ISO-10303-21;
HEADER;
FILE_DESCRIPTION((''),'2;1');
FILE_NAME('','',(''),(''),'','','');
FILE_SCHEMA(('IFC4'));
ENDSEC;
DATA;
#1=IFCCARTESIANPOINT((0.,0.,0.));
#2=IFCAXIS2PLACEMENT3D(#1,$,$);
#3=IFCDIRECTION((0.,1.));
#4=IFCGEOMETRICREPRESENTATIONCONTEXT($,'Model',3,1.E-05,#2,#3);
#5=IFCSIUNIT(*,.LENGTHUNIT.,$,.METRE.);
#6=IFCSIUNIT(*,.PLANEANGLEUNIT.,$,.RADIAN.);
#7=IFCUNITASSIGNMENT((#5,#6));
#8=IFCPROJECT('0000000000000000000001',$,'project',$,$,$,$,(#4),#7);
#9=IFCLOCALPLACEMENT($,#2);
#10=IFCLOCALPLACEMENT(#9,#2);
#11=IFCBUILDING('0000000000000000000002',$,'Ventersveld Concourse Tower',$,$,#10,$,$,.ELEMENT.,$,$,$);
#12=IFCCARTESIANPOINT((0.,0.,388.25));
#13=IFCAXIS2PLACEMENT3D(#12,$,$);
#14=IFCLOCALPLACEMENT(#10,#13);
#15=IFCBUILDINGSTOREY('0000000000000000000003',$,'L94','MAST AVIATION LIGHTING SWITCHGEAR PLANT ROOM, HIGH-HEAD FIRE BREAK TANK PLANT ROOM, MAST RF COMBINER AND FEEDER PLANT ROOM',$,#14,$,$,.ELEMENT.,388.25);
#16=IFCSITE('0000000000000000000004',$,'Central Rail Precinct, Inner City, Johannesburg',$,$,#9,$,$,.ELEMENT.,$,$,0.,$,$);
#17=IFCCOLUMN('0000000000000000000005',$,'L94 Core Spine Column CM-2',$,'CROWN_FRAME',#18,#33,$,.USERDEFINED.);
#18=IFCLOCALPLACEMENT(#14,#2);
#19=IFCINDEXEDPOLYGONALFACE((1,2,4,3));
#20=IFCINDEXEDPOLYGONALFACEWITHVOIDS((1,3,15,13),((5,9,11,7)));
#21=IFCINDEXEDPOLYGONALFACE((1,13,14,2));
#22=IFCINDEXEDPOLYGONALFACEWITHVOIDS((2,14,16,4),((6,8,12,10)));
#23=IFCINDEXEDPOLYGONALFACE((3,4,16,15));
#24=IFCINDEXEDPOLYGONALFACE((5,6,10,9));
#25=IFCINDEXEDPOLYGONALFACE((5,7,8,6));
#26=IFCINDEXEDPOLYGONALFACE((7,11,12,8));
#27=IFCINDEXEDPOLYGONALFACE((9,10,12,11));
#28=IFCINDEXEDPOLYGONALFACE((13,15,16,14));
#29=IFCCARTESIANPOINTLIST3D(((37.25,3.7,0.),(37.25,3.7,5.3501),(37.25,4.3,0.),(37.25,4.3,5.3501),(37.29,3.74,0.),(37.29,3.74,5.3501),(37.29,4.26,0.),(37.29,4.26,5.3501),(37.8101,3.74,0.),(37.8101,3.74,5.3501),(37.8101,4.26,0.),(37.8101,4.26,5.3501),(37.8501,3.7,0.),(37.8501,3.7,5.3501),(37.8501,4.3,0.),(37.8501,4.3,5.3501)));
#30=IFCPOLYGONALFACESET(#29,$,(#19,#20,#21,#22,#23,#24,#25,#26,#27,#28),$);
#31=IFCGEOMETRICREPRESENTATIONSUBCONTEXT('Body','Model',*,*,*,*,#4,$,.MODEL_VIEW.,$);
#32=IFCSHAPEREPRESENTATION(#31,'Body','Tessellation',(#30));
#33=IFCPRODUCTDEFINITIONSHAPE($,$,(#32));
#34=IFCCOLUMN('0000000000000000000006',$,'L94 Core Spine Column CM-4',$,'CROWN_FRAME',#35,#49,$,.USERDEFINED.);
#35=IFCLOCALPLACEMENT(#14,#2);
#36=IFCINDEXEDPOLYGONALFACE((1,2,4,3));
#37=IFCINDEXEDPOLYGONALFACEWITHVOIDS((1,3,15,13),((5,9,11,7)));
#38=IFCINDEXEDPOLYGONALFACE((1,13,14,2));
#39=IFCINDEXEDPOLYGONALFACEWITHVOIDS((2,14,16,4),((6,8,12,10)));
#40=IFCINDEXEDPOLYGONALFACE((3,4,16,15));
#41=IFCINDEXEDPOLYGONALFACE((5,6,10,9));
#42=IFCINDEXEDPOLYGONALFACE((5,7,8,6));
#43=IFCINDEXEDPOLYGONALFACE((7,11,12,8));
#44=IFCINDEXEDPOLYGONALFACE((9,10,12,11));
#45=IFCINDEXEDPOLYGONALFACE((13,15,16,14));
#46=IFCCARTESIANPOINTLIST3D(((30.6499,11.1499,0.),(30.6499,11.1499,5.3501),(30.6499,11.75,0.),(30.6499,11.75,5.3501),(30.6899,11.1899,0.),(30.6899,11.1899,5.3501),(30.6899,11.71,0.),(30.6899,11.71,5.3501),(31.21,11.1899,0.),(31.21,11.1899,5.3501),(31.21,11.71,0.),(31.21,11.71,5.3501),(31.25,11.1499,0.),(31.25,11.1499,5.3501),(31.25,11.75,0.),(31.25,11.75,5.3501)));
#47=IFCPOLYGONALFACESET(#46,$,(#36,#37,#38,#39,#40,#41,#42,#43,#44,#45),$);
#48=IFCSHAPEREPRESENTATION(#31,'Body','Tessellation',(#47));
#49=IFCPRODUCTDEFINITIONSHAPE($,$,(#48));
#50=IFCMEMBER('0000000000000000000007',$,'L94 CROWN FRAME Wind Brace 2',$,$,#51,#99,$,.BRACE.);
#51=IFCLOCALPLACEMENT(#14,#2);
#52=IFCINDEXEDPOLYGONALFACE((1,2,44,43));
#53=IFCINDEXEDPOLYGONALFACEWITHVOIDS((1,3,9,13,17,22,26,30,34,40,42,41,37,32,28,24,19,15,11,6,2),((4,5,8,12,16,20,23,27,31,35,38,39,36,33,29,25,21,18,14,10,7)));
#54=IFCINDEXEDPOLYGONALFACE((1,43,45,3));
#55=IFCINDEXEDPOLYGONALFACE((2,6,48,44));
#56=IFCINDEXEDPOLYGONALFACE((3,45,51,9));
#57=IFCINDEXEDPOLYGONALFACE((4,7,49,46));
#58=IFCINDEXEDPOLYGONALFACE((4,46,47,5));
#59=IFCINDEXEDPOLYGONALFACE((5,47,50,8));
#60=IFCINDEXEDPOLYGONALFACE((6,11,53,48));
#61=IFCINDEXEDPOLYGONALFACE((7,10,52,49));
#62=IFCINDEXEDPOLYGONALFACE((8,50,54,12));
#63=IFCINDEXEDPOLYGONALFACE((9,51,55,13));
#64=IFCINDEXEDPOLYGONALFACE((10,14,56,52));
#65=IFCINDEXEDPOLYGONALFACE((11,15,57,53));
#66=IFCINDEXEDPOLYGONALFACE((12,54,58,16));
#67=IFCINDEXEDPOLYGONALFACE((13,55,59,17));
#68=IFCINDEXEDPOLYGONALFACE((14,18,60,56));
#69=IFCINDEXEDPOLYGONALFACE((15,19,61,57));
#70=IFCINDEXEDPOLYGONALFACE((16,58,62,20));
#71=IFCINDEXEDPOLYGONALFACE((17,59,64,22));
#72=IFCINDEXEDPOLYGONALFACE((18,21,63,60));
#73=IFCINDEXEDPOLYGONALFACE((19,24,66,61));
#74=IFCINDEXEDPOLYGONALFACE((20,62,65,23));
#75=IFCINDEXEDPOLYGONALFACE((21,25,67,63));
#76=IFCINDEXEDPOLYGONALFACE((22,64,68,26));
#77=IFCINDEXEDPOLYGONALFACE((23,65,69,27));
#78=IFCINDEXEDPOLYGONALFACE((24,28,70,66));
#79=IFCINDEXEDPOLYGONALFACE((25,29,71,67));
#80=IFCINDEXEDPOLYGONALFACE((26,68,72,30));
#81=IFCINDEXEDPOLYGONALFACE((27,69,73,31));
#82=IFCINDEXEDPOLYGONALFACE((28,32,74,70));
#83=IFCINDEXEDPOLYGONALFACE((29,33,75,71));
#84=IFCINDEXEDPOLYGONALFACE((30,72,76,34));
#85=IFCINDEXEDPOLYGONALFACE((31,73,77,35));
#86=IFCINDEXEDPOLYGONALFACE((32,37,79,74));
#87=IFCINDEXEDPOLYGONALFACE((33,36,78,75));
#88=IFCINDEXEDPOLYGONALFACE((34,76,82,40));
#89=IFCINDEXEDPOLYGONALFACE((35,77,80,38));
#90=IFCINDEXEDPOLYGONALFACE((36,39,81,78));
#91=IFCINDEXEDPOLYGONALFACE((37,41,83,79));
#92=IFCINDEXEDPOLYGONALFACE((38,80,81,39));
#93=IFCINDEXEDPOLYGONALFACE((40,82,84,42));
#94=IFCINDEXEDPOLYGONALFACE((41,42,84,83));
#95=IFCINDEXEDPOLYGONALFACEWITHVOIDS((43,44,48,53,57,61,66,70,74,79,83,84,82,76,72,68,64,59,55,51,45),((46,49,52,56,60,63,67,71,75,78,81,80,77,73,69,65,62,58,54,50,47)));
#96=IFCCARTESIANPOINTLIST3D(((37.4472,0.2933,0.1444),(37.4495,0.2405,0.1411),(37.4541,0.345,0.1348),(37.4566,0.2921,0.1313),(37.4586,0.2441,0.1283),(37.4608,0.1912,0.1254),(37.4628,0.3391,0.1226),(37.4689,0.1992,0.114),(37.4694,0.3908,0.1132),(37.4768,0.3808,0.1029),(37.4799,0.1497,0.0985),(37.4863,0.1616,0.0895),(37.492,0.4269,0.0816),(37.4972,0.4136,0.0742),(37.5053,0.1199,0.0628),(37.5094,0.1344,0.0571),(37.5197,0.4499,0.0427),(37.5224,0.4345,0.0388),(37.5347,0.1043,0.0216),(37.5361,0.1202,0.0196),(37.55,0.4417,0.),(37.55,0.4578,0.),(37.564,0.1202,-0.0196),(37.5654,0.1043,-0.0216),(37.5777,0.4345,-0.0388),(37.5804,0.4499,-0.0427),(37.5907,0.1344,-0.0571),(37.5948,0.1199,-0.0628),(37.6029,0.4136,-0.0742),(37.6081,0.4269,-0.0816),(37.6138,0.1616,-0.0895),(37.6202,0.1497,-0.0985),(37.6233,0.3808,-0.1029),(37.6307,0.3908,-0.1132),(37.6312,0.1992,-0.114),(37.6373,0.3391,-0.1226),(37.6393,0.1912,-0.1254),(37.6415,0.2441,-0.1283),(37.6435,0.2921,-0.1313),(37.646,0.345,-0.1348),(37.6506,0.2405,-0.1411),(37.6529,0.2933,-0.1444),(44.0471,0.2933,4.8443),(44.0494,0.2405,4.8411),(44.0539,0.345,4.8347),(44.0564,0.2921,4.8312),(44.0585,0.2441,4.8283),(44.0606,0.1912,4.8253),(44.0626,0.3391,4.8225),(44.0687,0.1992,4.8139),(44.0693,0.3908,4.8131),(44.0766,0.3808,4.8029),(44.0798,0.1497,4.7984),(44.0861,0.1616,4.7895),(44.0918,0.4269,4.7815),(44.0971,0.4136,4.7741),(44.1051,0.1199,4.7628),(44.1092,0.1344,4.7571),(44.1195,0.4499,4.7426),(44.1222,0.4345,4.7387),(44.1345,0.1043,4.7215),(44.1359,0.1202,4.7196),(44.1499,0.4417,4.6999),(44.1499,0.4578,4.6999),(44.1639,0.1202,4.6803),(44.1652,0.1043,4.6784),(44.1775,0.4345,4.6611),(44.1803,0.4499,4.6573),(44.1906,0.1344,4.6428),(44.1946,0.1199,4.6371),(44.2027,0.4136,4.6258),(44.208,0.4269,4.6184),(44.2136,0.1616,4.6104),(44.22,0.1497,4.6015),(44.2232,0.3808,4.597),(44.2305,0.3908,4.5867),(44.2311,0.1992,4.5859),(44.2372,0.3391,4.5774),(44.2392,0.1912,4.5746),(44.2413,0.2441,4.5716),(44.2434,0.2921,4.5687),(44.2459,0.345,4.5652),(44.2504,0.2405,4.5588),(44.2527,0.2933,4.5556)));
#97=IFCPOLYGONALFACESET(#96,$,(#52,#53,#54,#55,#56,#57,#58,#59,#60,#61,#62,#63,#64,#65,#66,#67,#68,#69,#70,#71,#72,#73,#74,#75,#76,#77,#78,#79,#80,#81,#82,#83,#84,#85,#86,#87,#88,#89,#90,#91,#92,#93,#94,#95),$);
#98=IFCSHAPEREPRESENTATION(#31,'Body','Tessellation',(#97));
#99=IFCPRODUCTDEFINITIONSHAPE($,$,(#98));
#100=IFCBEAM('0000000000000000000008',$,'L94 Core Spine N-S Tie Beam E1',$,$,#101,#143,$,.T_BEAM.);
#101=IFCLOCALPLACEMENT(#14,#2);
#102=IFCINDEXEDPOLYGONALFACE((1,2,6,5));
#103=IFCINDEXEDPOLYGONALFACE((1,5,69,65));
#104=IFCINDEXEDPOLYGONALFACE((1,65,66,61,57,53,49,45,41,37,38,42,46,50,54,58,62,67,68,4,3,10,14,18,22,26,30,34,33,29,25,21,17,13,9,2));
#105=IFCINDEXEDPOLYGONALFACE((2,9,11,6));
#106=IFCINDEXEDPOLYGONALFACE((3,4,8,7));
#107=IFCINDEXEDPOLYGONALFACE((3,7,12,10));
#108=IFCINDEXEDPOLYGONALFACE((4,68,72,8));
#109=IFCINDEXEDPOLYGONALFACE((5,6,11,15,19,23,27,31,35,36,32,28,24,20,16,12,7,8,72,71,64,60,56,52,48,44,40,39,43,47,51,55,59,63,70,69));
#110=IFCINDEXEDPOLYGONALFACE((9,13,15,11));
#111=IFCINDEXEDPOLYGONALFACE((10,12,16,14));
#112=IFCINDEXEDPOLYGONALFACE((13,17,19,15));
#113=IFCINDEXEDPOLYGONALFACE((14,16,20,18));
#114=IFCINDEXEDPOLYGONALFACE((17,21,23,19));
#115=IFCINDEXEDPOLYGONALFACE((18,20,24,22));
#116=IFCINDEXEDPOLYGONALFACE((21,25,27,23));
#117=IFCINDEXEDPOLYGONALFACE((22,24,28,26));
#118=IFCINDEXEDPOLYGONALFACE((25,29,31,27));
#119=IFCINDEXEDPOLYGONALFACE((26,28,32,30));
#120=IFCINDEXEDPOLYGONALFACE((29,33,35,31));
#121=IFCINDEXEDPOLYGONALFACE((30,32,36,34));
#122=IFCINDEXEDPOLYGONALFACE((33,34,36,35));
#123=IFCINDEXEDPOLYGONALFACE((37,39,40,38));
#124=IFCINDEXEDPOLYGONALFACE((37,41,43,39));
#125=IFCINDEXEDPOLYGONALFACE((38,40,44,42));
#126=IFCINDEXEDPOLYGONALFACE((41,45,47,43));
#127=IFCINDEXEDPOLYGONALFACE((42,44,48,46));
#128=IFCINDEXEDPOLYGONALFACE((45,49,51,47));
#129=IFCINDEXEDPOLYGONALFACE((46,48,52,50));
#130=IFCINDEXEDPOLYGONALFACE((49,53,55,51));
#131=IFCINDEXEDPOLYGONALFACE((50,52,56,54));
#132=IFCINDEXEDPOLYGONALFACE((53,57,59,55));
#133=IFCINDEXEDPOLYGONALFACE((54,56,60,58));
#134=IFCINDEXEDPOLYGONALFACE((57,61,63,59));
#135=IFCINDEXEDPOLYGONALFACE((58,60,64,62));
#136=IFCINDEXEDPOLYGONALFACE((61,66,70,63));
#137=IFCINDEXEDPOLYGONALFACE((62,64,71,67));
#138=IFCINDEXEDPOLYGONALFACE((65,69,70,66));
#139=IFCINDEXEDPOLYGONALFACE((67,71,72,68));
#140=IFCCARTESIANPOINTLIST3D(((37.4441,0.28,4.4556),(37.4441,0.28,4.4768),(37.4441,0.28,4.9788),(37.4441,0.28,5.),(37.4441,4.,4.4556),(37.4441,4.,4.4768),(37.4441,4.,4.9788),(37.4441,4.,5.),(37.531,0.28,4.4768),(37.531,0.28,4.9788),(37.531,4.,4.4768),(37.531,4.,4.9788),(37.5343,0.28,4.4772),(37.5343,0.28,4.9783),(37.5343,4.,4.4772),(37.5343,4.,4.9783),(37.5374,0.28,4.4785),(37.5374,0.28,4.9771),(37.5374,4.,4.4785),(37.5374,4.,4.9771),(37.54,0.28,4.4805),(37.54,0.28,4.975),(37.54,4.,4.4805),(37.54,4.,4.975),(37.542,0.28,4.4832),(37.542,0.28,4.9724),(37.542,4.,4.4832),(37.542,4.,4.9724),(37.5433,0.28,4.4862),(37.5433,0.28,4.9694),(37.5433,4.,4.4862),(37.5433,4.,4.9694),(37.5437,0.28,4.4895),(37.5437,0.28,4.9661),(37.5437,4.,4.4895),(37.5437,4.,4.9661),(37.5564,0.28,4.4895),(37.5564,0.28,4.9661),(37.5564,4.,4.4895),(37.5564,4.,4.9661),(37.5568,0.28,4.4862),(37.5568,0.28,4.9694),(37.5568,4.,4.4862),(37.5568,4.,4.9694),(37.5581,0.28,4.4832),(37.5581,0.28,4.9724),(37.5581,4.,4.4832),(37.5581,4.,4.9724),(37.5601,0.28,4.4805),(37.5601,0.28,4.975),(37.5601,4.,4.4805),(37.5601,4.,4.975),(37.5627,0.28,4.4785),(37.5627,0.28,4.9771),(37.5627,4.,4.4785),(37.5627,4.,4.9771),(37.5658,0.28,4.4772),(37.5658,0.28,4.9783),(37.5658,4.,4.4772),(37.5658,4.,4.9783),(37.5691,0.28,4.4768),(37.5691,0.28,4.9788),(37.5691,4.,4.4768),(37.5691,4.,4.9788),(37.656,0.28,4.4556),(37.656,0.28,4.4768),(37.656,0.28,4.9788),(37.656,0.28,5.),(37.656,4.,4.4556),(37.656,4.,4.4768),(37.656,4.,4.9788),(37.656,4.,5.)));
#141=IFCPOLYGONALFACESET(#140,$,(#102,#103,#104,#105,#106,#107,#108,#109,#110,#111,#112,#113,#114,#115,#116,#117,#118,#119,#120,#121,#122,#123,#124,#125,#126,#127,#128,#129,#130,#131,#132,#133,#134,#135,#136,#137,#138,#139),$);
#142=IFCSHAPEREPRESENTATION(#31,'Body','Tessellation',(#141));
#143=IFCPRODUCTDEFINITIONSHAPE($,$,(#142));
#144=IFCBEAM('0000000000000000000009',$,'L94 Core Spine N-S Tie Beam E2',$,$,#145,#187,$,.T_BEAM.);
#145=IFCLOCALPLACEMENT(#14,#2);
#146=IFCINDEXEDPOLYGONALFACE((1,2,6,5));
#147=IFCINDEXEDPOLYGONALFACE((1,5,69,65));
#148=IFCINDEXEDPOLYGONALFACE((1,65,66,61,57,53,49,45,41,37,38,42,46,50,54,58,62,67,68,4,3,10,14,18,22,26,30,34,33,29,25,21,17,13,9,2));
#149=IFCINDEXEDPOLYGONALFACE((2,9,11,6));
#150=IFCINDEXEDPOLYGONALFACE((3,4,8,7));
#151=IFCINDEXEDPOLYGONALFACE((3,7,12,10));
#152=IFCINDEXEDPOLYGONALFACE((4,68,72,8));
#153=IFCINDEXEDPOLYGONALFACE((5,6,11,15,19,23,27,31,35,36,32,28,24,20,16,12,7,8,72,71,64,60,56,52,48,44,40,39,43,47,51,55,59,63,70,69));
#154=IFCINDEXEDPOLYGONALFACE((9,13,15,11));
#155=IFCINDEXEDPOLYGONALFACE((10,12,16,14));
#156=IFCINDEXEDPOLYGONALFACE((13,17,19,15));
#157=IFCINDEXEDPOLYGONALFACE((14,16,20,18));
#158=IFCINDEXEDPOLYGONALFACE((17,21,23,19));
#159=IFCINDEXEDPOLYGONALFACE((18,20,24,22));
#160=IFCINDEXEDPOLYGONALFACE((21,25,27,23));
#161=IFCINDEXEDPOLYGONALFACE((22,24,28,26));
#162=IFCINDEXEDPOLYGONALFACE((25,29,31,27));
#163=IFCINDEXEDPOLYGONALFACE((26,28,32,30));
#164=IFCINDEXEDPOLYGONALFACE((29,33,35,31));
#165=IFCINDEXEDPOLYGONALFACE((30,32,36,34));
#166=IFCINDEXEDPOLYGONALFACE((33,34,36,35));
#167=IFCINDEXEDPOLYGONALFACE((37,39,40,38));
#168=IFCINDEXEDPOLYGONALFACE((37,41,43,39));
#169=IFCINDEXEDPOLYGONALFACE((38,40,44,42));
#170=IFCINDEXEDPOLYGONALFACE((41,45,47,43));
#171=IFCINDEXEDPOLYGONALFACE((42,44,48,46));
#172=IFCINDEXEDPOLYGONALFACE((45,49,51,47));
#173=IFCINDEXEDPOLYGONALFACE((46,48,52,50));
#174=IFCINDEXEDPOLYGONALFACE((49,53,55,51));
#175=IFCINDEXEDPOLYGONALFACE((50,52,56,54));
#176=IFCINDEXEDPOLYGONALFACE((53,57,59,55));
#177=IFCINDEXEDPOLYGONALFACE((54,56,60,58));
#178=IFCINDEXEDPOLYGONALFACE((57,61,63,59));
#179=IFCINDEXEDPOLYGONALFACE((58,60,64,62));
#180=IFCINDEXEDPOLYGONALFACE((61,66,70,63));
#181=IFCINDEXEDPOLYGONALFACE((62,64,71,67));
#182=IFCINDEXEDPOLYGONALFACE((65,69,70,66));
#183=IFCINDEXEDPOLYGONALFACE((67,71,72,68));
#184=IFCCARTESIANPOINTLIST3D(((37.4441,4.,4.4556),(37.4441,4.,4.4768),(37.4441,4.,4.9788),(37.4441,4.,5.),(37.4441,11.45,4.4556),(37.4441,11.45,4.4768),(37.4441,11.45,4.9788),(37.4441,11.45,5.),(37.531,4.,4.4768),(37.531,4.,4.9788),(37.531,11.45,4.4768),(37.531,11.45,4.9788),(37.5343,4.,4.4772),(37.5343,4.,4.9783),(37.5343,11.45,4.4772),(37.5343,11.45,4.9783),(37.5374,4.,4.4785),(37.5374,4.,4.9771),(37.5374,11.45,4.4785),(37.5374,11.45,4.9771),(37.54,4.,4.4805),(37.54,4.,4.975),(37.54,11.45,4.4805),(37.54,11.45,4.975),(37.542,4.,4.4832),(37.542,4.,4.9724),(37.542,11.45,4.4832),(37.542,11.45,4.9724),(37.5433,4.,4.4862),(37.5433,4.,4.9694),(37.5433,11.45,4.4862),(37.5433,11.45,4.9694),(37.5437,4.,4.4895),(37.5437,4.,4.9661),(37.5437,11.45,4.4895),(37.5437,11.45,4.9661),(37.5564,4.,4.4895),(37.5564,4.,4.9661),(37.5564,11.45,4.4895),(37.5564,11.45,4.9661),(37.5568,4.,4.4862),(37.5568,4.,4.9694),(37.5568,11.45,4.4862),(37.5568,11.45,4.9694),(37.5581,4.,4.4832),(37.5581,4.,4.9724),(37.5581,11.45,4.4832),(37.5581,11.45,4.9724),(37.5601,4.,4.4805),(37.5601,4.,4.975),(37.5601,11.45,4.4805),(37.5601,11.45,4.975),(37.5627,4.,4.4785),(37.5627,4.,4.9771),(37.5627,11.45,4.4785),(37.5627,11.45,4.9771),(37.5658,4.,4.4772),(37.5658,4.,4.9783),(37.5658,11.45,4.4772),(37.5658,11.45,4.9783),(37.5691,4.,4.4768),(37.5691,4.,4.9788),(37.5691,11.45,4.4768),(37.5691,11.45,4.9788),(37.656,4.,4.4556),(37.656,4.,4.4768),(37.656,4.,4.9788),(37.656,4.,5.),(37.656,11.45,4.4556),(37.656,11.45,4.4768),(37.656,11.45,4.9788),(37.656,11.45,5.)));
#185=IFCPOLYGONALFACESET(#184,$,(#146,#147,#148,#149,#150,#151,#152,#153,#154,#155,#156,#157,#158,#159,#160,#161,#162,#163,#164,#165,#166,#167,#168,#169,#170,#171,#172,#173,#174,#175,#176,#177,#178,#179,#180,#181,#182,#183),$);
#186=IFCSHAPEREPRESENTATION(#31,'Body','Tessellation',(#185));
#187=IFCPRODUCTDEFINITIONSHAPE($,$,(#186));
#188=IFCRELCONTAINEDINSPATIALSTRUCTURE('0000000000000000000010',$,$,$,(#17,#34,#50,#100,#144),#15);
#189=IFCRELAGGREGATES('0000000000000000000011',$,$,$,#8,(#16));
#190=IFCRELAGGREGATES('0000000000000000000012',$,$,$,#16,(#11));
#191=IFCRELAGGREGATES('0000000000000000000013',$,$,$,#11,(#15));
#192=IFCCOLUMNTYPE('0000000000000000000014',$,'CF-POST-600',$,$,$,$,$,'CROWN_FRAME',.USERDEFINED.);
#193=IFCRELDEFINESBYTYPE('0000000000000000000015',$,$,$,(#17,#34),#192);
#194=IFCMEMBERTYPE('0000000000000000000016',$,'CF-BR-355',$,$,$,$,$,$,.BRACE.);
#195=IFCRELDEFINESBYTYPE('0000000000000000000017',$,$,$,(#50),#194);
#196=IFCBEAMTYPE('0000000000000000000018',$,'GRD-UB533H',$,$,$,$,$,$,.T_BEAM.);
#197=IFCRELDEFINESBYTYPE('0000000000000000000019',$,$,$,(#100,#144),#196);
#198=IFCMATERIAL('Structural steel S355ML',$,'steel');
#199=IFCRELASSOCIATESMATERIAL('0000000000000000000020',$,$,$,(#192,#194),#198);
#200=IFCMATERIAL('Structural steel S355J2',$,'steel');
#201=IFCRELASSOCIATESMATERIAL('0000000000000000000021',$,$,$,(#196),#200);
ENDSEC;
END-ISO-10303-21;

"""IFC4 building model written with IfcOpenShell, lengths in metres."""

from ifc_helpers import new_model, si_unit, direction, frame, origin, origin_2d, place, context, subcontext, project, spatial, hollow_rectangle, hollow_circle, i_section, extrude, material, material_profile, profile_set, type_object, element, save


model = new_model("IFC4")

# Units and contexts
model_context = context("Model", 3, precision=1e-05, world=origin(), true_north=direction((0.0, 1.0)))
body_context = subcontext(model_context, "Body", "Model", "MODEL_VIEW")
ifc_project = project(units=[si_unit("LENGTHUNIT", "METRE"), si_unit("PLANEANGLEUNIT", "RADIAN")], contexts=[model_context])

# Site, building, storey
site_placement = place(None, origin())
site = spatial("IfcSite", under=ifc_project, at=site_placement, Name="Central Rail Precinct, Inner City, Johannesburg", CompositionType="ELEMENT", RefElevation=0.0)
building_placement = place(site_placement, origin())
building = spatial("IfcBuilding", under=site, at=building_placement, Name="Ventersveld Concourse Tower", CompositionType="ELEMENT")
storey_placement = place(building_placement, frame((0.0, 0.0, 388.25)))
storey = spatial("IfcBuildingStorey", under=building, at=storey_placement, Name="L94", Description="MAST AVIATION LIGHTING SWITCHGEAR PLANT ROOM, HIGH-HEAD FIRE BREAK TANK PLANT ROOM, MAST RF COMBINER AND FEEDER PLANT ROOM", CompositionType="ELEMENT", Elevation=388.25)

# Columns
ifc_material_1 = material(Name="Structural steel S355ML", Category="steel")
ifc_material_profile_1 = material_profile(ifc_material_1, hollow_rectangle(XDim=0.6001, YDim=0.6001, WallThickness=0.04, at=origin_2d()), Name="BOX 600x600x40")
ifc_profile_set_1 = profile_set([ifc_material_profile_1], Name="Structural steel S355ML")
column_type = type_object("IfcColumnType", Name="CF-POST-600", ElementType="CROWN_FRAME", PredefinedType="USERDEFINED", material=ifc_profile_set_1)
for number, where, z_axis, x_axis, name in (
    (1, (37.55, 4.0, 0.0), (0.0, 0.0, 1.0), (1.0, 0.0, 0.0), "L94 Core Spine Column CM-2"),
    (2, (30.95, 11.45, 0.0), (0.0, 0.0, 1.0), (1.0, 0.0, 0.0), "L94 Core Spine Column CM-4"),
):
    element("IfcColumn", number, at=place(storey_placement, frame(where, z_axis=z_axis, x_axis=x_axis)), inside=storey, type_object=column_type, Name=name, ObjectType="CROWN_FRAME", PredefinedType="USERDEFINED", context=body_context, shape_type="SweptSolid", body=[
        extrude(hollow_rectangle(XDim=0.6001, YDim=0.6001, WallThickness=0.04, at=origin_2d()), origin(), (0.0, 0.0, 1.0), 5.3501),
    ])

# Member
ifc_material_profile_2 = material_profile(ifc_material_1, hollow_circle(Radius=0.1777, WallThickness=0.0161, at=origin_2d()), Name="CHS 355.6x16")
ifc_profile_set_2 = profile_set([ifc_material_profile_2], Name="Structural steel S355ML")
member_type = type_object("IfcMemberType", Name="CF-BR-355", PredefinedType="BRACE", material=ifc_profile_set_2)
member_placement = place(storey_placement, frame((37.55, 0.28, 0.0), z_axis=(0.814563, 0.0, 0.580075), x_axis=(0.0, 1.0, 0.0)))
element("IfcMember", 3, at=member_placement, inside=storey, type_object=member_type, Name="L94 CROWN FRAME Wind Brace 2", PredefinedType="BRACE", context=body_context, shape_type="SweptSolid", body=[
    extrude(hollow_circle(Radius=0.1777, WallThickness=0.0161, at=origin_2d()), origin(), (0.0, 0.0, 1.0), 8.1023),
])

# Beams
ifc_material_2 = material(Name="Structural steel S355J2", Category="steel")
ifc_material_profile_3 = material_profile(ifc_material_2, i_section(OverallWidth=0.2119, OverallDepth=0.5444, WebThickness=0.0127, FlangeThickness=0.0212, FilletRadius=0.0127, at=origin_2d()), Name="UB 533x210x122")
ifc_profile_set_3 = profile_set([ifc_material_profile_3], Name="Structural steel S355J2")
beam_type_1 = type_object("IfcBeamType", Name="GRD-UB533H", PredefinedType="T_BEAM", material=ifc_profile_set_3)
beam_1_placement = place(storey_placement, frame((37.55, 0.28, 4.7278), z_axis=(0.0, 1.0, 0.0), x_axis=(-1.0, 0.0, 0.0)))
element("IfcBeam", 4, at=beam_1_placement, inside=storey, type_object=beam_type_1, Name="L94 Core Spine N-S Tie Beam E1", PredefinedType="T_BEAM", context=body_context, shape_type="SweptSolid", body=[
    extrude(i_section(OverallWidth=0.2119, OverallDepth=0.5444, WebThickness=0.0127, FlangeThickness=0.0212, FilletRadius=0.0127, at=origin_2d()), origin(), (0.0, 0.0, 1.0), 3.72),
])
beam_2_placement = place(storey_placement, frame((37.55, 4.0, 4.7278), z_axis=(0.0, 1.0, 0.0), x_axis=(-1.0, 0.0, 0.0)))
element("IfcBeam", 5, at=beam_2_placement, inside=storey, type_object=beam_type_1, Name="L94 Core Spine N-S Tie Beam E2", PredefinedType="T_BEAM", context=body_context, shape_type="SweptSolid", body=[
    extrude(i_section(OverallWidth=0.2119, OverallDepth=0.5444, WebThickness=0.0127, FlangeThickness=0.0212, FilletRadius=0.0127, at=origin_2d()), origin(), (0.0, 0.0, 1.0), 7.45),
])

save(model, "model.ifc")
